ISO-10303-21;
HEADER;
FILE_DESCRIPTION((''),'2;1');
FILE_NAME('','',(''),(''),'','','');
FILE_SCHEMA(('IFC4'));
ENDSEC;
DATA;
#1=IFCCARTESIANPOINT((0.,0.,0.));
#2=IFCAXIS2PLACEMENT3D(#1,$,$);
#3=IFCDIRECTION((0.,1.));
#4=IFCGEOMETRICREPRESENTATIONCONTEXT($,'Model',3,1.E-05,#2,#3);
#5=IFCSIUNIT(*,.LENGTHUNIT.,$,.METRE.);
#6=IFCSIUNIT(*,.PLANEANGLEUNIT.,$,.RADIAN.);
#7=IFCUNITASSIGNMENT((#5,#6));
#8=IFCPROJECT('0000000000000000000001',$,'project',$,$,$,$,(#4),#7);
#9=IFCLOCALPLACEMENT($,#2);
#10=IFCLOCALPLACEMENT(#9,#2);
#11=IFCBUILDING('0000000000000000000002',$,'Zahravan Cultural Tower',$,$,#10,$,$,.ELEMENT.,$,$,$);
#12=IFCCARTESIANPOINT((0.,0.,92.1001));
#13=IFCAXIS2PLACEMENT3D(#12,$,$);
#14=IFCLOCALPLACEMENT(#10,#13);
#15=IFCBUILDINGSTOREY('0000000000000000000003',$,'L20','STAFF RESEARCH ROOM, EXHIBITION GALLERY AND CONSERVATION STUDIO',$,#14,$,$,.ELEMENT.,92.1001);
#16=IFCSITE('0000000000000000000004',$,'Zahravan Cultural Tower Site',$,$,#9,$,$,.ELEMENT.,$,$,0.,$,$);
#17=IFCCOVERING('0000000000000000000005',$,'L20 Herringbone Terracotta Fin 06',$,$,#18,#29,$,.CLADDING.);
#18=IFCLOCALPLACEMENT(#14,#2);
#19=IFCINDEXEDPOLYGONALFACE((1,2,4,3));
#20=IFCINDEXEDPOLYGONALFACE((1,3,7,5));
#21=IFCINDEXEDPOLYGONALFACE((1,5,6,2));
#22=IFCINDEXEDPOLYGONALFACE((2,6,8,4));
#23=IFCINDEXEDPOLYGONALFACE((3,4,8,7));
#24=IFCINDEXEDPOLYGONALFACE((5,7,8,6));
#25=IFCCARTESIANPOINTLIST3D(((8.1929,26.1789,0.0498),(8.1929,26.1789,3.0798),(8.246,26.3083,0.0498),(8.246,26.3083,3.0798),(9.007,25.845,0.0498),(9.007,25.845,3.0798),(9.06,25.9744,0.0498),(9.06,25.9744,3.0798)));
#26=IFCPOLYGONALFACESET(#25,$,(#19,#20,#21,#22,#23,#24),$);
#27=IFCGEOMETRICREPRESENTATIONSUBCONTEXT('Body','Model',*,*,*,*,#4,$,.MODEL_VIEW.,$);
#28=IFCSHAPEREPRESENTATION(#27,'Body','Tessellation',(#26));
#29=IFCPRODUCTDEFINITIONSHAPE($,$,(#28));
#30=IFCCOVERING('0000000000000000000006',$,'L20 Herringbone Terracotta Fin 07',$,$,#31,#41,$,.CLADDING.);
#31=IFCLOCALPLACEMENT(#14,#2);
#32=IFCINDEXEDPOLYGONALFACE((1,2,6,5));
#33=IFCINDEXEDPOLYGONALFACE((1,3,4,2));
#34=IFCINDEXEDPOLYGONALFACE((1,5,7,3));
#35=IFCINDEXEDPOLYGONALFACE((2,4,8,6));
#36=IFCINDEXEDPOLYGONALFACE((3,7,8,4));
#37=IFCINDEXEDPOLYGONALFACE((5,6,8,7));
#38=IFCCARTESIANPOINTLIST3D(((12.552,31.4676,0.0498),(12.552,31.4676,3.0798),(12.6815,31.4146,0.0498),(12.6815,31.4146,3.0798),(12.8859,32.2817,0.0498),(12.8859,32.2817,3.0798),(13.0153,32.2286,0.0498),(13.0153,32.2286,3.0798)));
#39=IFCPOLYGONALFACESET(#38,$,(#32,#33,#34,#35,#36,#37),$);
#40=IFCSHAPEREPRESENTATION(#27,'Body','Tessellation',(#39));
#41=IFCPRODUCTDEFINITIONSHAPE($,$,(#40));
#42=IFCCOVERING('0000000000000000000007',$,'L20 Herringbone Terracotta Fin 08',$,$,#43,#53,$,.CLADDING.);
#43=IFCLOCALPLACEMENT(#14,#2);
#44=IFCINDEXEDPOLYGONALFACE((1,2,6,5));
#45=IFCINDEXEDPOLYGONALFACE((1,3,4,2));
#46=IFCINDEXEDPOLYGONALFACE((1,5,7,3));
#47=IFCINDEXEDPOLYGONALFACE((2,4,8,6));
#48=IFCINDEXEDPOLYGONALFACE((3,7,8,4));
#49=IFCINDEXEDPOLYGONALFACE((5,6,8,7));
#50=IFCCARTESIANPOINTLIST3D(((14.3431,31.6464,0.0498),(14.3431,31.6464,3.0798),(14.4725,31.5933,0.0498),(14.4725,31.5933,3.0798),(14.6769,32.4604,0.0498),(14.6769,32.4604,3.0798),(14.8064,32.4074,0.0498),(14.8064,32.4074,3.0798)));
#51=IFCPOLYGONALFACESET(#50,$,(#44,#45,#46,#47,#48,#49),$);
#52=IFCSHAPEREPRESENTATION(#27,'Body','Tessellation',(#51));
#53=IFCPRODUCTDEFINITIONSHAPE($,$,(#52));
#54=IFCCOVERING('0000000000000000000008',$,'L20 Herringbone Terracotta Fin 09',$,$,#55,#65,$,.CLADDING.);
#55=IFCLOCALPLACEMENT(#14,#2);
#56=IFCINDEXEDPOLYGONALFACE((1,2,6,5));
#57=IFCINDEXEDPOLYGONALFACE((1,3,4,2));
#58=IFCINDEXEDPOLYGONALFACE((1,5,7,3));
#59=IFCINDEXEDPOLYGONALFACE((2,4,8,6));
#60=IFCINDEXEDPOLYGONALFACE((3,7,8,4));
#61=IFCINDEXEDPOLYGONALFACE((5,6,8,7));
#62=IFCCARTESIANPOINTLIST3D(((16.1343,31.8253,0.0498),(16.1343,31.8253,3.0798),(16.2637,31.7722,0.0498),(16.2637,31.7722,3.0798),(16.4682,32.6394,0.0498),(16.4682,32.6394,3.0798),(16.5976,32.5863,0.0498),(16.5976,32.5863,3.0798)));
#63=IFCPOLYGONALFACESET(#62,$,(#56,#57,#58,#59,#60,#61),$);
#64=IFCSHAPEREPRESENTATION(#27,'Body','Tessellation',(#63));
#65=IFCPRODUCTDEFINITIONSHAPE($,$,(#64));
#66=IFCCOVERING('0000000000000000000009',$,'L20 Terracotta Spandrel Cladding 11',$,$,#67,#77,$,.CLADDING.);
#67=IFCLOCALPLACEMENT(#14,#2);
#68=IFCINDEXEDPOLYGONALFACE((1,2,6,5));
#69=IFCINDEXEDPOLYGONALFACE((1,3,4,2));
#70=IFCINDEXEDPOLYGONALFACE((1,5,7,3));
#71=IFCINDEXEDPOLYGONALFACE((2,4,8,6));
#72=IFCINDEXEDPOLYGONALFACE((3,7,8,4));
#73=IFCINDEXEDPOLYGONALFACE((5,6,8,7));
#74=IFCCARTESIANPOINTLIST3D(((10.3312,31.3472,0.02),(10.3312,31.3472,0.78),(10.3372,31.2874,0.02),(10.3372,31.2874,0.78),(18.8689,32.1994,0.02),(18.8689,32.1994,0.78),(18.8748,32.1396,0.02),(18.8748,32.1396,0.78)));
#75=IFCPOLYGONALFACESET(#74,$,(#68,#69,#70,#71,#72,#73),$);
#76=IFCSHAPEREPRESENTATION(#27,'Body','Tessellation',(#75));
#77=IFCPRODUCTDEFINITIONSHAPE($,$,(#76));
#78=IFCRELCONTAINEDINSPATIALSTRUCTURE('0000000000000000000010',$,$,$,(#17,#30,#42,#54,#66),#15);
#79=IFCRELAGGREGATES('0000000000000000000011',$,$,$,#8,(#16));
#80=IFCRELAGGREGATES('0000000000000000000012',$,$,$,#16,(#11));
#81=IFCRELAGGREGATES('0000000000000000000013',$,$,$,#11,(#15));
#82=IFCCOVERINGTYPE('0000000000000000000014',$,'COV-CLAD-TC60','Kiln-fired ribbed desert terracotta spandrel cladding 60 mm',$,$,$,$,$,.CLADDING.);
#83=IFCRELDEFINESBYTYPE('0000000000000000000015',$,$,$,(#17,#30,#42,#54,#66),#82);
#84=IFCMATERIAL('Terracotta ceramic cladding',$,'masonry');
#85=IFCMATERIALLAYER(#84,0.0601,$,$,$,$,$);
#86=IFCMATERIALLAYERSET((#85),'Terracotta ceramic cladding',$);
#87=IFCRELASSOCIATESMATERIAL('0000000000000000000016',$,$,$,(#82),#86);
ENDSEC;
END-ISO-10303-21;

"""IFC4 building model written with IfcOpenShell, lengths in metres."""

from ifc_helpers import new_model, si_unit, direction, frame, origin, origin_2d, place, context, subcontext, project, spatial, rectangle, extrude, source, transform, mapped, material, layer, layer_set, type_object, element, save


model = new_model("IFC4")

# Units and contexts
model_context = context("Model", 3, precision=1e-05, world=origin(), true_north=direction((0.0, 1.0)))
body_context = subcontext(model_context, "Body", "Model", "MODEL_VIEW")
ifc_project = project(units=[si_unit("LENGTHUNIT", "METRE"), si_unit("PLANEANGLEUNIT", "RADIAN")], contexts=[model_context])

# Site, building, storey
site_placement = place(None, origin())
site = spatial("IfcSite", under=ifc_project, at=site_placement, Name="Zahravan Cultural Tower Site", CompositionType="ELEMENT", RefElevation=0.0)
building_placement = place(site_placement, origin())
building = spatial("IfcBuilding", under=site, at=building_placement, Name="Zahravan Cultural Tower", CompositionType="ELEMENT")
storey_placement = place(building_placement, frame((0.0, 0.0, 92.1001)))
storey = spatial("IfcBuildingStorey", under=building, at=storey_placement, Name="L20", Description="STAFF RESEARCH ROOM, EXHIBITION GALLERY AND CONSERVATION STUDIO", CompositionType="ELEMENT", Elevation=92.1001)

# Coverings
ifc_material_1 = material(Name="Terracotta ceramic cladding", Category="masonry")
ifc_layer_1 = layer(ifc_material_1, 0.0601)
ifc_layer_set_1 = layer_set([ifc_layer_1], Name="Terracotta ceramic cladding")
covering_type = type_object("IfcCoveringType", Name="COV-CLAD-TC60", Description="Kiln-fired ribbed desert terracotta spandrel cladding 60 mm", PredefinedType="CLADDING", material=ifc_layer_set_1)
shared_shape_1 = source(origin(), body_context, "Body", "SweptSolid", [
    extrude(rectangle(XDim=0.8799, YDim=0.1399, at=origin_2d()), origin(), (0.0, 0.0, 1.0), 3.03),
])
for number, where, z_axis, x_axis, name in (
    (1, (8.6265, 26.0767, 0.0498), (0.0, 0.0, 1.0), (-0.92521, 0.379456, 0.0), "L20 Herringbone Terracotta Fin 06"),
    (2, (12.7837, 31.8481, 0.0498), (0.0, 0.0, 1.0), (0.379456, 0.92521, 0.0), "L20 Herringbone Terracotta Fin 07"),
    (3, (14.5747, 32.0269, 0.0498), (0.0, 0.0, 1.0), (0.379456, 0.92521, 0.0), "L20 Herringbone Terracotta Fin 08"),
    (4, (16.366, 32.2058, 0.0498), (0.0, 0.0, 1.0), (0.379456, 0.92521, 0.0), "L20 Herringbone Terracotta Fin 09"),
):
    element("IfcCovering", number, at=place(storey_placement, frame(where, z_axis=z_axis, x_axis=x_axis)), inside=storey, type_object=covering_type, Name=name, PredefinedType="CLADDING", context=body_context, shape_type="MappedRepresentation", body=[
        mapped(shared_shape_1, transform((0.0, 0.0, 0.0), x_axis=(1.0, 0.0, 0.0), y_axis=(0.0, 1.0, 0.0), z_axis=(0.0, 0.0, 1.0), scale=1.0)),
    ])
shared_shape_2 = source(origin(), body_context, "Body", "SweptSolid", [
    extrude(rectangle(XDim=8.5801, YDim=0.0601, at=origin_2d()), origin(), (0.0, 0.0, 1.0), 0.76),
])
covering_1_placement = place(storey_placement, frame((14.603, 31.7434, 0.02), z_axis=(0.0, 0.0, 1.0), x_axis=(0.995056, 0.09932, 0.0)))
element("IfcCovering", 5, at=covering_1_placement, inside=storey, type_object=covering_type, Name="L20 Terracotta Spandrel Cladding 11", PredefinedType="CLADDING", context=body_context, shape_type="MappedRepresentation", body=[
    mapped(shared_shape_2, transform((0.0, 0.0, 0.0), x_axis=(1.0, 0.0, 0.0), y_axis=(0.0, 1.0, 0.0), z_axis=(0.0, 0.0, 1.0), scale=1.0)),
])

save(model, "model.ifc")
